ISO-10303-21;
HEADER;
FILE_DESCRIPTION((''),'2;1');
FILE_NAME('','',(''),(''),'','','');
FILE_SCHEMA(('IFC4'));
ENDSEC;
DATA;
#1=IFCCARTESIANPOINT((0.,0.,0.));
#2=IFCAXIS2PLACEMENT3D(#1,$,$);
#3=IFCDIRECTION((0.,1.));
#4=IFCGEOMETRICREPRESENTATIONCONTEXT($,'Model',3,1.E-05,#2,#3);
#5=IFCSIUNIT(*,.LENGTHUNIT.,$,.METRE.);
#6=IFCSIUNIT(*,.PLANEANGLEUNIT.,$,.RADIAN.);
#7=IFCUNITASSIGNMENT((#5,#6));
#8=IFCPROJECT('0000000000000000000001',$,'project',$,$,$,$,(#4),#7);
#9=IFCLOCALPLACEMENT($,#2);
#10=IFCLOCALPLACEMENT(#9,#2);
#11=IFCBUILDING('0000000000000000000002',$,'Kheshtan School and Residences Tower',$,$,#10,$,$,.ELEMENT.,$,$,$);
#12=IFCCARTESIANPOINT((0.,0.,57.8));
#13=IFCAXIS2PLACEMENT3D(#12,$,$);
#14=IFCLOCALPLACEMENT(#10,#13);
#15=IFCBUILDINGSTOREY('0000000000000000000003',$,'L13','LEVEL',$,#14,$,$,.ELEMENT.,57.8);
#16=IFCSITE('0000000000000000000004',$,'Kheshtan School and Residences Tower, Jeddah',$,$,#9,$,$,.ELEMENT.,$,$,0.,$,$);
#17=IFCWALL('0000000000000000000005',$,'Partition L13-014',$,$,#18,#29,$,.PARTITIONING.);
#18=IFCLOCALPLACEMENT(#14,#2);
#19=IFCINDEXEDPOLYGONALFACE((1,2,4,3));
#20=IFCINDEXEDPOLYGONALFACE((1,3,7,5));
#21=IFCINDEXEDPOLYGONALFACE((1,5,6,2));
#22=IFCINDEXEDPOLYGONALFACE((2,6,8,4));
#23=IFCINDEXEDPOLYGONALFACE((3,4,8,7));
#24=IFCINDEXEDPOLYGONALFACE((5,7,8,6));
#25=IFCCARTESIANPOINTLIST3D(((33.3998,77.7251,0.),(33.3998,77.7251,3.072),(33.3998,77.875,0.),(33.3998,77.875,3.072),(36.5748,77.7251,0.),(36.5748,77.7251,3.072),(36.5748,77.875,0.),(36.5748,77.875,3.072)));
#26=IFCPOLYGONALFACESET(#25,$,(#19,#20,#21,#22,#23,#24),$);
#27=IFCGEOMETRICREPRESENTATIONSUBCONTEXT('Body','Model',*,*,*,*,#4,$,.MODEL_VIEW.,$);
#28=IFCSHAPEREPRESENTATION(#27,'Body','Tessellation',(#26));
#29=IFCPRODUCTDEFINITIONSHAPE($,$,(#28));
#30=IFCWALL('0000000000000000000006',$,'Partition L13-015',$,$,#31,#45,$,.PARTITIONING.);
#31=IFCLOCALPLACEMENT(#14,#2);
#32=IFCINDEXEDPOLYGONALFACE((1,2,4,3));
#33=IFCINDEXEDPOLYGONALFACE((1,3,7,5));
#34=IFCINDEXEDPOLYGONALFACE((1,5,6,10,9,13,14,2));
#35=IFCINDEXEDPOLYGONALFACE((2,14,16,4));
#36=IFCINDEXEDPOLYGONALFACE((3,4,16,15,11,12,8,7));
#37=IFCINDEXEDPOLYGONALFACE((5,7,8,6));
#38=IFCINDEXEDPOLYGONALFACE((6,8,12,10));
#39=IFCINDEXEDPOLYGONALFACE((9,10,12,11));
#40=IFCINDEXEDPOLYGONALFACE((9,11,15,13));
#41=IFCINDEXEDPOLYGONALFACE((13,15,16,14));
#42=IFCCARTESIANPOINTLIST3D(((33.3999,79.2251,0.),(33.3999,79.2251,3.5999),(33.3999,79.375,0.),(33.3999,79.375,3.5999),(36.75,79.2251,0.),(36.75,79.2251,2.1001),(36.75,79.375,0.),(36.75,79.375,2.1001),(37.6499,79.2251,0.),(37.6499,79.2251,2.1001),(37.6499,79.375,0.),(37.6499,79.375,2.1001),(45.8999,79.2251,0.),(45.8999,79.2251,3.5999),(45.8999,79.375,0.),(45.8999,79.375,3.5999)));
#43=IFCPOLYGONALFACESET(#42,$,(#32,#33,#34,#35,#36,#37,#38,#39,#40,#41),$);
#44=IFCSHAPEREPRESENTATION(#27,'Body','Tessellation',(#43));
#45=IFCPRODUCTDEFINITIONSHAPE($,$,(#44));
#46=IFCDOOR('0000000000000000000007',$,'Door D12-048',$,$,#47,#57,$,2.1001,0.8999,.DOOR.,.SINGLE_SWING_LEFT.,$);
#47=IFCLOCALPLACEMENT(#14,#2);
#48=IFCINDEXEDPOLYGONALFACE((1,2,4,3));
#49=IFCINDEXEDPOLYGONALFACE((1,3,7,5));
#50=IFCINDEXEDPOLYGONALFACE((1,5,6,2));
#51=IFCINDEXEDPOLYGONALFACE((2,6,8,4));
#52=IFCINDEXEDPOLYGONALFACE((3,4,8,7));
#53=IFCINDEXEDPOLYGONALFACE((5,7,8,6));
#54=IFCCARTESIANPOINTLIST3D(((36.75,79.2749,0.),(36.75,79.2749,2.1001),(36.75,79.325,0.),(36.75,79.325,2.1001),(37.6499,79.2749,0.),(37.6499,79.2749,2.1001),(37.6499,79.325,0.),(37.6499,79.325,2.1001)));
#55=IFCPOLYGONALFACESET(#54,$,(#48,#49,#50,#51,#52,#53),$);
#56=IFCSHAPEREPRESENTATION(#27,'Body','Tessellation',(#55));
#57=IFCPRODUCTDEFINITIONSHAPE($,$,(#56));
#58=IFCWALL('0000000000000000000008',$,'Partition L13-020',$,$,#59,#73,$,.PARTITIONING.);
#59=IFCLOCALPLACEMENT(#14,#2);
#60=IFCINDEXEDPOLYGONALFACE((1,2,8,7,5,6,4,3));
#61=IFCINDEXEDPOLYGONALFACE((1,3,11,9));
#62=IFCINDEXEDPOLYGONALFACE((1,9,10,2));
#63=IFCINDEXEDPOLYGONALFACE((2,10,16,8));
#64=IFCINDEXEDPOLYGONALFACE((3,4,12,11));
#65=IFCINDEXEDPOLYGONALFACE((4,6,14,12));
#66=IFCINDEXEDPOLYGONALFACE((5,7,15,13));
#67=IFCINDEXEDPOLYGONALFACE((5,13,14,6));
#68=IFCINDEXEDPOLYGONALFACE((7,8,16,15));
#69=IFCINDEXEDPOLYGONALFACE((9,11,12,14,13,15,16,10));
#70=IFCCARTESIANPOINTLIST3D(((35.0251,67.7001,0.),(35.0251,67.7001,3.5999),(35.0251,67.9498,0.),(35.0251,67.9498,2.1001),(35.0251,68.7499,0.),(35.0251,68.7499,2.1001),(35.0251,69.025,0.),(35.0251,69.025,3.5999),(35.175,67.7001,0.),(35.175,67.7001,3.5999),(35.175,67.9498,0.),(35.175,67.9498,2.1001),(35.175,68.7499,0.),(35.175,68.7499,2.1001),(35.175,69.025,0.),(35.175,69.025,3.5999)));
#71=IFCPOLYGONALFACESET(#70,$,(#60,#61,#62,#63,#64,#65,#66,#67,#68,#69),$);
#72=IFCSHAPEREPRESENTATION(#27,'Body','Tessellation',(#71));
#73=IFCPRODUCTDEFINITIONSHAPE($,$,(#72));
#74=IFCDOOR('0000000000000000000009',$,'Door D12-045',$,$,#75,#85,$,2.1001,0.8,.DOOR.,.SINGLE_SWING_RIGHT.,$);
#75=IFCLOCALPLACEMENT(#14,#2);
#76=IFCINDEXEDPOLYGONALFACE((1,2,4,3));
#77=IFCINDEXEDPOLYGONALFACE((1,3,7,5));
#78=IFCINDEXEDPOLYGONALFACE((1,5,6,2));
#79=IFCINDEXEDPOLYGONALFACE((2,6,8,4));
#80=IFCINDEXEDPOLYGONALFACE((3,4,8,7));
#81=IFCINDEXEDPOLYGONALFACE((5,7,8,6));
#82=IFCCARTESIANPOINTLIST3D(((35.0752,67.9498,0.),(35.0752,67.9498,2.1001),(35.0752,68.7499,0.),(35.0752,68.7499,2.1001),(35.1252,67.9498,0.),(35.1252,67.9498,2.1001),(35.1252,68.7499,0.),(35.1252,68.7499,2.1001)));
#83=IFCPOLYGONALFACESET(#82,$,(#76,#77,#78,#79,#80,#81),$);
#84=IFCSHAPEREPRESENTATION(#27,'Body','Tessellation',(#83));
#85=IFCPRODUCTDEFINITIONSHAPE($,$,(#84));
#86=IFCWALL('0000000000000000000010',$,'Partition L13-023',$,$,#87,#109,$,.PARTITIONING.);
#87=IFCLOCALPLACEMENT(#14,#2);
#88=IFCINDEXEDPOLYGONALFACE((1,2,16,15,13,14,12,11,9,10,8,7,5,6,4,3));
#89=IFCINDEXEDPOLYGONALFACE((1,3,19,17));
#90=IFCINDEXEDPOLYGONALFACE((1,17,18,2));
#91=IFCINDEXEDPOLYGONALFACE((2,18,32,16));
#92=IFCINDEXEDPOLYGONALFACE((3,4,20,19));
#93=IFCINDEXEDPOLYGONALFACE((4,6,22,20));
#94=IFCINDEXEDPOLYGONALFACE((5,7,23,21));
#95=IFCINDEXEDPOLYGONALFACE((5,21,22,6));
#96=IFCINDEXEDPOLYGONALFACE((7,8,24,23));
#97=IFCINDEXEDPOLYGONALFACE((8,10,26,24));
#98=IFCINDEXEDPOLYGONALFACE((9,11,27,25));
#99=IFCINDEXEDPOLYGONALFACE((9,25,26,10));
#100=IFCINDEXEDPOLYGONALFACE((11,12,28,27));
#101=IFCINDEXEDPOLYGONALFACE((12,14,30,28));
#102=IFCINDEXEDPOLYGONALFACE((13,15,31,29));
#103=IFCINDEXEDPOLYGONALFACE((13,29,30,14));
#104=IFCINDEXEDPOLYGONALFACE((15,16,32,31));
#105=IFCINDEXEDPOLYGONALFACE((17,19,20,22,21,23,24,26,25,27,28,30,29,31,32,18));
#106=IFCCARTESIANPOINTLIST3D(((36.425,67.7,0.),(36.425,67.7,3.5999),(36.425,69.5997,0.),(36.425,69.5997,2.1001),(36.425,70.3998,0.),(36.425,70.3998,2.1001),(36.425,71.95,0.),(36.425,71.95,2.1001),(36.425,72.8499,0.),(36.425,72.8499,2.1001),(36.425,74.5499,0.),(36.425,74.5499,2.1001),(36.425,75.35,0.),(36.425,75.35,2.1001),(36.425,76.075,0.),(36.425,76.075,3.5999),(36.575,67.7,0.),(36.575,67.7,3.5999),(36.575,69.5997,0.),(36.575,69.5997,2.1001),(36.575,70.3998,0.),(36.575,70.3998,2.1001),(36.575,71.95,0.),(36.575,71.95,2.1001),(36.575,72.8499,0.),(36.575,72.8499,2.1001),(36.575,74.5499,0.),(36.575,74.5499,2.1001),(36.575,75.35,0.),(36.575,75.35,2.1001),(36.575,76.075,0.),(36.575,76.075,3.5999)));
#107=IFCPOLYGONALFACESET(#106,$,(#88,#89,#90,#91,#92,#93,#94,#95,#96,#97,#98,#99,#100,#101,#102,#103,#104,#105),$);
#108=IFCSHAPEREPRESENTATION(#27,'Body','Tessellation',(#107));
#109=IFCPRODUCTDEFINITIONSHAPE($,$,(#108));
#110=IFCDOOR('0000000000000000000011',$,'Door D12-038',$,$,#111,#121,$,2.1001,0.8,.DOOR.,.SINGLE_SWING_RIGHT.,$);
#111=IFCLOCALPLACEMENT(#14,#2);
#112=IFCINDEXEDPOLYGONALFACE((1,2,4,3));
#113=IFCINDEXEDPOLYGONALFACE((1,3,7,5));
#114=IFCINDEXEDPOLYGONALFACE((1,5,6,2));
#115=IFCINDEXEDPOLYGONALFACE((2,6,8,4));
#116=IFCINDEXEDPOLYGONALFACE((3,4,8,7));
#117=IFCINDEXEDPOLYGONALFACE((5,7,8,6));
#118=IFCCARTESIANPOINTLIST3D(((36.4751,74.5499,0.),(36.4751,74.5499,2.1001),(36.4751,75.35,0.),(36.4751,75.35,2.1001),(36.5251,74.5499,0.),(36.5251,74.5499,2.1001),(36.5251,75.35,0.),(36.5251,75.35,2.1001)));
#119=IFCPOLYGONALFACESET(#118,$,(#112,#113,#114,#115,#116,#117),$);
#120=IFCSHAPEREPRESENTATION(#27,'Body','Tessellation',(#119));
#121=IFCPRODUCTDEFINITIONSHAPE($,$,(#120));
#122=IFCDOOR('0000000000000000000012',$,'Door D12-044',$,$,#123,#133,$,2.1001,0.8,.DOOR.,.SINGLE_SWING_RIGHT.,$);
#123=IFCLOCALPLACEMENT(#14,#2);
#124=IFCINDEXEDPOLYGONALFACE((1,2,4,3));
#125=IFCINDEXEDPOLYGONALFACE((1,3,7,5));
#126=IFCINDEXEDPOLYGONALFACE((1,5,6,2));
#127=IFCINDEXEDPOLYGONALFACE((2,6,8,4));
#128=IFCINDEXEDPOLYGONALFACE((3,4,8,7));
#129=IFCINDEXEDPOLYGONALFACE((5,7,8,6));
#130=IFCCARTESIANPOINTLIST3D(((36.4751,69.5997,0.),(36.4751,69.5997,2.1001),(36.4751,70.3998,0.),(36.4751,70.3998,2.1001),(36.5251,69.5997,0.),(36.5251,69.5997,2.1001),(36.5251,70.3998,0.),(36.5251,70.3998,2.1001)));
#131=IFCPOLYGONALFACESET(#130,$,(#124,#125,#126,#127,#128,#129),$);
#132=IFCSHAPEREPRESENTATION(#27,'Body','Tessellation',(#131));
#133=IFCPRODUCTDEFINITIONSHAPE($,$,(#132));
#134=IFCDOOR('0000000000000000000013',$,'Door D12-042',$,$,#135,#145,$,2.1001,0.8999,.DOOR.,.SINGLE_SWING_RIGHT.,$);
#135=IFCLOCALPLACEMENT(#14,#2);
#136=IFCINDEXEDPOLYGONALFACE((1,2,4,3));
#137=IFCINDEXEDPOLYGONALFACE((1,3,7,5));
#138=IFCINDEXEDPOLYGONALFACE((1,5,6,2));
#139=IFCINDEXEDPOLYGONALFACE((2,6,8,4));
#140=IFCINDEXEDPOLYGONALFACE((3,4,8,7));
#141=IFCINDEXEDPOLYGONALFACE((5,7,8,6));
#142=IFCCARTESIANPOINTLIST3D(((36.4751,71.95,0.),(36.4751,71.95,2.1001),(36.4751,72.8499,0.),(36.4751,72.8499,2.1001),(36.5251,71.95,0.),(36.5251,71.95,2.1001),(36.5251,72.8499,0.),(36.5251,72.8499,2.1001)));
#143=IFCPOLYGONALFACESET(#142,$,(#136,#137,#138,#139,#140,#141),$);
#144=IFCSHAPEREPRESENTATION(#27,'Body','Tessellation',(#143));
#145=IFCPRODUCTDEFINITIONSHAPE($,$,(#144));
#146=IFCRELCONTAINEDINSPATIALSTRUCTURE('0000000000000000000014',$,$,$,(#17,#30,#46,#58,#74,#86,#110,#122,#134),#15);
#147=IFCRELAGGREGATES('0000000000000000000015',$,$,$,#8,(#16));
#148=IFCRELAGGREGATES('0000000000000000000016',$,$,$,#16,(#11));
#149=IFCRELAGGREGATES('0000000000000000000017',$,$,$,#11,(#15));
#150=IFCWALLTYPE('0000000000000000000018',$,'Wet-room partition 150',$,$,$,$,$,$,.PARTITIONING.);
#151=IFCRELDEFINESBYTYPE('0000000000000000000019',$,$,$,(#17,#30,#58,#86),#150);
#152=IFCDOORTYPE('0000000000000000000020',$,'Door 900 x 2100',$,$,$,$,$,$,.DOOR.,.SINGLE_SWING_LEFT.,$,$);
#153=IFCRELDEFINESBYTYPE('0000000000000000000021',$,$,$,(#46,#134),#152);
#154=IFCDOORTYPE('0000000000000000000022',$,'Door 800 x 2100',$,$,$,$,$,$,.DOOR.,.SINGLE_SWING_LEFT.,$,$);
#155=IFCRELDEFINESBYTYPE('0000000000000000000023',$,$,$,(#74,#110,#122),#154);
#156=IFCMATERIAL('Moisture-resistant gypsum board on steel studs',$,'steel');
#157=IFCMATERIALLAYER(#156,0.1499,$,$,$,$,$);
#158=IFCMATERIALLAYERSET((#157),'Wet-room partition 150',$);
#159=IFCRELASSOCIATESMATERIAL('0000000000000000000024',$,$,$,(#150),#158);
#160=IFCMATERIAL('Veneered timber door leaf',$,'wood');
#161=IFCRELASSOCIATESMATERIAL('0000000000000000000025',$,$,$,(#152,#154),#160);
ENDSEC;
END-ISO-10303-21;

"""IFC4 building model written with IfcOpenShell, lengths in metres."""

from ifc_helpers import new_model, si_unit, direction, frame, frame_2d, origin, place, context, subcontext, project, spatial, rectangle, extrude, source, transform, mapped, material, layer, layer_set, type_object, element, fill, save


model = new_model("IFC4")

# Units and contexts
model_context = context("Model", 3, precision=1e-05, world=origin(), true_north=direction((0.0, 1.0)))
body_context = subcontext(model_context, "Body", "Model", "MODEL_VIEW")
ifc_project = project(units=[si_unit("LENGTHUNIT", "METRE"), si_unit("PLANEANGLEUNIT", "RADIAN")], contexts=[model_context])

# Site, building, storey
site_placement = place(None, origin())
site = spatial("IfcSite", under=ifc_project, at=site_placement, Name="Kheshtan School and Residences Tower, Jeddah", CompositionType="ELEMENT", RefElevation=0.0)
building_placement = place(site_placement, origin())
building = spatial("IfcBuilding", under=site, at=building_placement, Name="Kheshtan School and Residences Tower", CompositionType="ELEMENT")
storey_placement = place(building_placement, frame((0.0, 0.0, 57.8)))
storey = spatial("IfcBuildingStorey", under=building, at=storey_placement, Name="L13", Description="LEVEL", CompositionType="ELEMENT", Elevation=57.8)

# Wall
ifc_material_1 = material(Name="Moisture-resistant gypsum board on steel studs", Category="steel")
ifc_layer_1 = layer(ifc_material_1, 0.1499)
ifc_layer_set_1 = layer_set([ifc_layer_1], Name="Wet-room partition 150")
wall_type_1 = type_object("IfcWallType", Name="Wet-room partition 150", PredefinedType="PARTITIONING", material=ifc_layer_set_1)
wall_1_placement = place(storey_placement, frame((33.3999, 77.8, 0.0), z_axis=(0.0, 0.0, 1.0), x_axis=(1.0, 0.0, 0.0)))
element("IfcWall", 1, at=wall_1_placement, inside=storey, type_object=wall_type_1, Name="Partition L13-014", PredefinedType="PARTITIONING", context=body_context, shape_type="SweptSolid", body=[
    extrude(rectangle(XDim=3.175, YDim=0.1499, at=frame_2d((1.5874, 0.0))), origin(), (0.0, 0.0, 1.0), 3.072),
])

# Walls, openings, doors
wall_2_placement = place(storey_placement, frame((33.3999, 79.3, 0.0), z_axis=(0.0, 0.0, 1.0), x_axis=(1.0, 0.0, 0.0)))
wall_2 = element("IfcWall", 2, at=wall_2_placement, inside=storey, type_object=wall_type_1, Name="Partition L13-015", PredefinedType="PARTITIONING", context=body_context, shape_type="SweptSolid", body=[
    extrude(rectangle(XDim=12.5, YDim=0.1499, at=frame_2d((6.25, 0.0))), origin(), (0.0, 0.0, 1.0), 3.5999),
])
opening_1_placement = place(wall_2_placement, frame((3.3501, 0.0, 0.0)))
opening_1 = element("IfcOpeningElement", 3, at=opening_1_placement, cuts=wall_2, PredefinedType="OPENING", context=body_context, shape_type="SweptSolid", body=[
    extrude(rectangle(XDim=0.8999, YDim=2.1001, at=frame_2d((0.45, 1.05))), frame((0.0, 0.085, 0.0), z_axis=(0.0, -1.0, 0.0), x_axis=(1.0, 0.0, 0.0)), (0.0, 0.0, 1.0), 0.1699),
])
ifc_material_2 = material(Name="Veneered timber door leaf", Category="wood")
door_type_1 = type_object("IfcDoorType", Name="Door 900 x 2100", OperationType="SINGLE_SWING_LEFT", PredefinedType="DOOR", material=ifc_material_2)
shared_shape_1 = source(origin(), body_context, "Body", "SweptSolid", [
    extrude(rectangle(XDim=0.8999, YDim=2.1001, at=frame_2d((0.45, 1.05))), frame((0.0, 0.0249, 0.0), z_axis=(0.0, -1.0, 0.0), x_axis=(1.0, 0.0, 0.0)), (0.0, 0.0, 1.0), 0.05),
])
door_1_placement = place(opening_1_placement, origin())
door_1 = element("IfcDoor", 4, at=door_1_placement, inside=storey, type_object=door_type_1, Name="Door D12-048", OperationType="SINGLE_SWING_LEFT", OverallHeight=2.1001, OverallWidth=0.8999, PredefinedType="DOOR", context=body_context, shape_type="MappedRepresentation", body=[
    mapped(shared_shape_1, transform((0.0, 0.0, 0.0), x_axis=(1.0, 0.0, 0.0), y_axis=(0.0, 1.0, 0.0), z_axis=(0.0, 0.0, 1.0), scale=1.0)),
])
fill(opening_1, door_1)
wall_3_placement = place(storey_placement, frame((35.1001, 67.7, 0.0), z_axis=(0.0, 0.0, 1.0), x_axis=(0.0, 1.0, 0.0)))
wall_3 = element("IfcWall", 5, at=wall_3_placement, inside=storey, type_object=wall_type_1, Name="Partition L13-020", PredefinedType="PARTITIONING", context=body_context, shape_type="SweptSolid", body=[
    extrude(rectangle(XDim=1.325, YDim=0.1499, at=frame_2d((0.6626, 0.0))), origin(), (0.0, 0.0, 1.0), 3.5999),
])
opening_2_placement = place(wall_3_placement, frame((0.25, 0.0, 0.0)))
opening_2 = element("IfcOpeningElement", 6, at=opening_2_placement, cuts=wall_3, PredefinedType="OPENING", context=body_context, shape_type="SweptSolid", body=[
    extrude(rectangle(XDim=0.8, YDim=2.1001, at=frame_2d((0.3999, 1.05))), frame((0.0, 0.085, 0.0), z_axis=(0.0, -1.0, 0.0), x_axis=(1.0, 0.0, 0.0)), (0.0, 0.0, 1.0), 0.1699),
])
door_type_2 = type_object("IfcDoorType", Name="Door 800 x 2100", OperationType="SINGLE_SWING_LEFT", PredefinedType="DOOR", material=ifc_material_2)
shared_shape_2 = source(origin(), body_context, "Body", "SweptSolid", [
    extrude(rectangle(XDim=0.8, YDim=2.1001, at=frame_2d((0.3999, 1.05))), frame((0.0, 0.0249, 0.0), z_axis=(0.0, -1.0, 0.0), x_axis=(1.0, 0.0, 0.0)), (0.0, 0.0, 1.0), 0.05),
])
door_2_placement = place(opening_2_placement, origin())
door_2 = element("IfcDoor", 7, at=door_2_placement, inside=storey, type_object=door_type_2, Name="Door D12-045", OperationType="SINGLE_SWING_RIGHT", OverallHeight=2.1001, OverallWidth=0.8, PredefinedType="DOOR", context=body_context, shape_type="MappedRepresentation", body=[
    mapped(shared_shape_2, transform((0.0, 0.0, 0.0), x_axis=(1.0, 0.0, 0.0), y_axis=(0.0, 1.0, 0.0), z_axis=(0.0, 0.0, 1.0), scale=1.0)),
])
fill(opening_2, door_2)

# Wall, openings, doors
wall_4_placement = place(storey_placement, frame((36.5, 67.7, 0.0), z_axis=(0.0, 0.0, 1.0), x_axis=(0.0, 1.0, 0.0)))
wall_4 = element("IfcWall", 8, at=wall_4_placement, inside=storey, type_object=wall_type_1, Name="Partition L13-023", PredefinedType="PARTITIONING", context=body_context, shape_type="SweptSolid", body=[
    extrude(rectangle(XDim=8.375, YDim=0.1499, at=frame_2d((4.1875, 0.0))), origin(), (0.0, 0.0, 1.0), 3.5999),
])
opening_3_placement = place(wall_4_placement, frame((6.8501, 0.0, 0.0)))
opening_3 = element("IfcOpeningElement", 9, at=opening_3_placement, cuts=wall_4, PredefinedType="OPENING", context=body_context, shape_type="SweptSolid", body=[
    extrude(rectangle(XDim=0.8, YDim=2.1001, at=frame_2d((0.3999, 1.05))), frame((0.0, 0.085, 0.0), z_axis=(0.0, -1.0, 0.0), x_axis=(1.0, 0.0, 0.0)), (0.0, 0.0, 1.0), 0.1699),
])
opening_4_placement = place(wall_4_placement, frame((4.25, 0.0, 0.0)))
opening_4 = element("IfcOpeningElement", 10, at=opening_4_placement, cuts=wall_4, PredefinedType="OPENING", context=body_context, shape_type="SweptSolid", body=[
    extrude(rectangle(XDim=0.8999, YDim=2.1001, at=frame_2d((0.45, 1.05))), frame((0.0, 0.085, 0.0), z_axis=(0.0, -1.0, 0.0), x_axis=(1.0, 0.0, 0.0)), (0.0, 0.0, 1.0), 0.1699),
])
opening_5_placement = place(wall_4_placement, frame((1.8999, 0.0, 0.0)))
opening_5 = element("IfcOpeningElement", 11, at=opening_5_placement, cuts=wall_4, PredefinedType="OPENING", context=body_context, shape_type="SweptSolid", body=[
    extrude(rectangle(XDim=0.8, YDim=2.1001, at=frame_2d((0.3999, 1.05))), frame((0.0, 0.085, 0.0), z_axis=(0.0, -1.0, 0.0), x_axis=(1.0, 0.0, 0.0)), (0.0, 0.0, 1.0), 0.1699),
])
door_3_placement = place(opening_3_placement, origin())
door_3 = element("IfcDoor", 12, at=door_3_placement, inside=storey, type_object=door_type_2, Name="Door D12-038", OperationType="SINGLE_SWING_RIGHT", OverallHeight=2.1001, OverallWidth=0.8, PredefinedType="DOOR", context=body_context, shape_type="MappedRepresentation", body=[
    mapped(shared_shape_2, transform((0.0, 0.0, 0.0), x_axis=(1.0, 0.0, 0.0), y_axis=(0.0, 1.0, 0.0), z_axis=(0.0, 0.0, 1.0), scale=1.0)),
])
fill(opening_3, door_3)
door_4_placement = place(opening_5_placement, origin())
door_4 = element("IfcDoor", 13, at=door_4_placement, inside=storey, type_object=door_type_2, Name="Door D12-044", OperationType="SINGLE_SWING_RIGHT", OverallHeight=2.1001, OverallWidth=0.8, PredefinedType="DOOR", context=body_context, shape_type="MappedRepresentation", body=[
    mapped(shared_shape_2, transform((0.0, 0.0, 0.0), x_axis=(1.0, 0.0, 0.0), y_axis=(0.0, 1.0, 0.0), z_axis=(0.0, 0.0, 1.0), scale=1.0)),
])
fill(opening_5, door_4)
door_5_placement = place(opening_4_placement, origin())
door_5 = element("IfcDoor", 14, at=door_5_placement, inside=storey, type_object=door_type_1, Name="Door D12-042", OperationType="SINGLE_SWING_RIGHT", OverallHeight=2.1001, OverallWidth=0.8999, PredefinedType="DOOR", context=body_context, shape_type="MappedRepresentation", body=[
    mapped(shared_shape_1, transform((0.0, 0.0, 0.0), x_axis=(1.0, 0.0, 0.0), y_axis=(0.0, 1.0, 0.0), z_axis=(0.0, 0.0, 1.0), scale=1.0)),
])
fill(opening_4, door_5)

save(model, "model.ifc")
